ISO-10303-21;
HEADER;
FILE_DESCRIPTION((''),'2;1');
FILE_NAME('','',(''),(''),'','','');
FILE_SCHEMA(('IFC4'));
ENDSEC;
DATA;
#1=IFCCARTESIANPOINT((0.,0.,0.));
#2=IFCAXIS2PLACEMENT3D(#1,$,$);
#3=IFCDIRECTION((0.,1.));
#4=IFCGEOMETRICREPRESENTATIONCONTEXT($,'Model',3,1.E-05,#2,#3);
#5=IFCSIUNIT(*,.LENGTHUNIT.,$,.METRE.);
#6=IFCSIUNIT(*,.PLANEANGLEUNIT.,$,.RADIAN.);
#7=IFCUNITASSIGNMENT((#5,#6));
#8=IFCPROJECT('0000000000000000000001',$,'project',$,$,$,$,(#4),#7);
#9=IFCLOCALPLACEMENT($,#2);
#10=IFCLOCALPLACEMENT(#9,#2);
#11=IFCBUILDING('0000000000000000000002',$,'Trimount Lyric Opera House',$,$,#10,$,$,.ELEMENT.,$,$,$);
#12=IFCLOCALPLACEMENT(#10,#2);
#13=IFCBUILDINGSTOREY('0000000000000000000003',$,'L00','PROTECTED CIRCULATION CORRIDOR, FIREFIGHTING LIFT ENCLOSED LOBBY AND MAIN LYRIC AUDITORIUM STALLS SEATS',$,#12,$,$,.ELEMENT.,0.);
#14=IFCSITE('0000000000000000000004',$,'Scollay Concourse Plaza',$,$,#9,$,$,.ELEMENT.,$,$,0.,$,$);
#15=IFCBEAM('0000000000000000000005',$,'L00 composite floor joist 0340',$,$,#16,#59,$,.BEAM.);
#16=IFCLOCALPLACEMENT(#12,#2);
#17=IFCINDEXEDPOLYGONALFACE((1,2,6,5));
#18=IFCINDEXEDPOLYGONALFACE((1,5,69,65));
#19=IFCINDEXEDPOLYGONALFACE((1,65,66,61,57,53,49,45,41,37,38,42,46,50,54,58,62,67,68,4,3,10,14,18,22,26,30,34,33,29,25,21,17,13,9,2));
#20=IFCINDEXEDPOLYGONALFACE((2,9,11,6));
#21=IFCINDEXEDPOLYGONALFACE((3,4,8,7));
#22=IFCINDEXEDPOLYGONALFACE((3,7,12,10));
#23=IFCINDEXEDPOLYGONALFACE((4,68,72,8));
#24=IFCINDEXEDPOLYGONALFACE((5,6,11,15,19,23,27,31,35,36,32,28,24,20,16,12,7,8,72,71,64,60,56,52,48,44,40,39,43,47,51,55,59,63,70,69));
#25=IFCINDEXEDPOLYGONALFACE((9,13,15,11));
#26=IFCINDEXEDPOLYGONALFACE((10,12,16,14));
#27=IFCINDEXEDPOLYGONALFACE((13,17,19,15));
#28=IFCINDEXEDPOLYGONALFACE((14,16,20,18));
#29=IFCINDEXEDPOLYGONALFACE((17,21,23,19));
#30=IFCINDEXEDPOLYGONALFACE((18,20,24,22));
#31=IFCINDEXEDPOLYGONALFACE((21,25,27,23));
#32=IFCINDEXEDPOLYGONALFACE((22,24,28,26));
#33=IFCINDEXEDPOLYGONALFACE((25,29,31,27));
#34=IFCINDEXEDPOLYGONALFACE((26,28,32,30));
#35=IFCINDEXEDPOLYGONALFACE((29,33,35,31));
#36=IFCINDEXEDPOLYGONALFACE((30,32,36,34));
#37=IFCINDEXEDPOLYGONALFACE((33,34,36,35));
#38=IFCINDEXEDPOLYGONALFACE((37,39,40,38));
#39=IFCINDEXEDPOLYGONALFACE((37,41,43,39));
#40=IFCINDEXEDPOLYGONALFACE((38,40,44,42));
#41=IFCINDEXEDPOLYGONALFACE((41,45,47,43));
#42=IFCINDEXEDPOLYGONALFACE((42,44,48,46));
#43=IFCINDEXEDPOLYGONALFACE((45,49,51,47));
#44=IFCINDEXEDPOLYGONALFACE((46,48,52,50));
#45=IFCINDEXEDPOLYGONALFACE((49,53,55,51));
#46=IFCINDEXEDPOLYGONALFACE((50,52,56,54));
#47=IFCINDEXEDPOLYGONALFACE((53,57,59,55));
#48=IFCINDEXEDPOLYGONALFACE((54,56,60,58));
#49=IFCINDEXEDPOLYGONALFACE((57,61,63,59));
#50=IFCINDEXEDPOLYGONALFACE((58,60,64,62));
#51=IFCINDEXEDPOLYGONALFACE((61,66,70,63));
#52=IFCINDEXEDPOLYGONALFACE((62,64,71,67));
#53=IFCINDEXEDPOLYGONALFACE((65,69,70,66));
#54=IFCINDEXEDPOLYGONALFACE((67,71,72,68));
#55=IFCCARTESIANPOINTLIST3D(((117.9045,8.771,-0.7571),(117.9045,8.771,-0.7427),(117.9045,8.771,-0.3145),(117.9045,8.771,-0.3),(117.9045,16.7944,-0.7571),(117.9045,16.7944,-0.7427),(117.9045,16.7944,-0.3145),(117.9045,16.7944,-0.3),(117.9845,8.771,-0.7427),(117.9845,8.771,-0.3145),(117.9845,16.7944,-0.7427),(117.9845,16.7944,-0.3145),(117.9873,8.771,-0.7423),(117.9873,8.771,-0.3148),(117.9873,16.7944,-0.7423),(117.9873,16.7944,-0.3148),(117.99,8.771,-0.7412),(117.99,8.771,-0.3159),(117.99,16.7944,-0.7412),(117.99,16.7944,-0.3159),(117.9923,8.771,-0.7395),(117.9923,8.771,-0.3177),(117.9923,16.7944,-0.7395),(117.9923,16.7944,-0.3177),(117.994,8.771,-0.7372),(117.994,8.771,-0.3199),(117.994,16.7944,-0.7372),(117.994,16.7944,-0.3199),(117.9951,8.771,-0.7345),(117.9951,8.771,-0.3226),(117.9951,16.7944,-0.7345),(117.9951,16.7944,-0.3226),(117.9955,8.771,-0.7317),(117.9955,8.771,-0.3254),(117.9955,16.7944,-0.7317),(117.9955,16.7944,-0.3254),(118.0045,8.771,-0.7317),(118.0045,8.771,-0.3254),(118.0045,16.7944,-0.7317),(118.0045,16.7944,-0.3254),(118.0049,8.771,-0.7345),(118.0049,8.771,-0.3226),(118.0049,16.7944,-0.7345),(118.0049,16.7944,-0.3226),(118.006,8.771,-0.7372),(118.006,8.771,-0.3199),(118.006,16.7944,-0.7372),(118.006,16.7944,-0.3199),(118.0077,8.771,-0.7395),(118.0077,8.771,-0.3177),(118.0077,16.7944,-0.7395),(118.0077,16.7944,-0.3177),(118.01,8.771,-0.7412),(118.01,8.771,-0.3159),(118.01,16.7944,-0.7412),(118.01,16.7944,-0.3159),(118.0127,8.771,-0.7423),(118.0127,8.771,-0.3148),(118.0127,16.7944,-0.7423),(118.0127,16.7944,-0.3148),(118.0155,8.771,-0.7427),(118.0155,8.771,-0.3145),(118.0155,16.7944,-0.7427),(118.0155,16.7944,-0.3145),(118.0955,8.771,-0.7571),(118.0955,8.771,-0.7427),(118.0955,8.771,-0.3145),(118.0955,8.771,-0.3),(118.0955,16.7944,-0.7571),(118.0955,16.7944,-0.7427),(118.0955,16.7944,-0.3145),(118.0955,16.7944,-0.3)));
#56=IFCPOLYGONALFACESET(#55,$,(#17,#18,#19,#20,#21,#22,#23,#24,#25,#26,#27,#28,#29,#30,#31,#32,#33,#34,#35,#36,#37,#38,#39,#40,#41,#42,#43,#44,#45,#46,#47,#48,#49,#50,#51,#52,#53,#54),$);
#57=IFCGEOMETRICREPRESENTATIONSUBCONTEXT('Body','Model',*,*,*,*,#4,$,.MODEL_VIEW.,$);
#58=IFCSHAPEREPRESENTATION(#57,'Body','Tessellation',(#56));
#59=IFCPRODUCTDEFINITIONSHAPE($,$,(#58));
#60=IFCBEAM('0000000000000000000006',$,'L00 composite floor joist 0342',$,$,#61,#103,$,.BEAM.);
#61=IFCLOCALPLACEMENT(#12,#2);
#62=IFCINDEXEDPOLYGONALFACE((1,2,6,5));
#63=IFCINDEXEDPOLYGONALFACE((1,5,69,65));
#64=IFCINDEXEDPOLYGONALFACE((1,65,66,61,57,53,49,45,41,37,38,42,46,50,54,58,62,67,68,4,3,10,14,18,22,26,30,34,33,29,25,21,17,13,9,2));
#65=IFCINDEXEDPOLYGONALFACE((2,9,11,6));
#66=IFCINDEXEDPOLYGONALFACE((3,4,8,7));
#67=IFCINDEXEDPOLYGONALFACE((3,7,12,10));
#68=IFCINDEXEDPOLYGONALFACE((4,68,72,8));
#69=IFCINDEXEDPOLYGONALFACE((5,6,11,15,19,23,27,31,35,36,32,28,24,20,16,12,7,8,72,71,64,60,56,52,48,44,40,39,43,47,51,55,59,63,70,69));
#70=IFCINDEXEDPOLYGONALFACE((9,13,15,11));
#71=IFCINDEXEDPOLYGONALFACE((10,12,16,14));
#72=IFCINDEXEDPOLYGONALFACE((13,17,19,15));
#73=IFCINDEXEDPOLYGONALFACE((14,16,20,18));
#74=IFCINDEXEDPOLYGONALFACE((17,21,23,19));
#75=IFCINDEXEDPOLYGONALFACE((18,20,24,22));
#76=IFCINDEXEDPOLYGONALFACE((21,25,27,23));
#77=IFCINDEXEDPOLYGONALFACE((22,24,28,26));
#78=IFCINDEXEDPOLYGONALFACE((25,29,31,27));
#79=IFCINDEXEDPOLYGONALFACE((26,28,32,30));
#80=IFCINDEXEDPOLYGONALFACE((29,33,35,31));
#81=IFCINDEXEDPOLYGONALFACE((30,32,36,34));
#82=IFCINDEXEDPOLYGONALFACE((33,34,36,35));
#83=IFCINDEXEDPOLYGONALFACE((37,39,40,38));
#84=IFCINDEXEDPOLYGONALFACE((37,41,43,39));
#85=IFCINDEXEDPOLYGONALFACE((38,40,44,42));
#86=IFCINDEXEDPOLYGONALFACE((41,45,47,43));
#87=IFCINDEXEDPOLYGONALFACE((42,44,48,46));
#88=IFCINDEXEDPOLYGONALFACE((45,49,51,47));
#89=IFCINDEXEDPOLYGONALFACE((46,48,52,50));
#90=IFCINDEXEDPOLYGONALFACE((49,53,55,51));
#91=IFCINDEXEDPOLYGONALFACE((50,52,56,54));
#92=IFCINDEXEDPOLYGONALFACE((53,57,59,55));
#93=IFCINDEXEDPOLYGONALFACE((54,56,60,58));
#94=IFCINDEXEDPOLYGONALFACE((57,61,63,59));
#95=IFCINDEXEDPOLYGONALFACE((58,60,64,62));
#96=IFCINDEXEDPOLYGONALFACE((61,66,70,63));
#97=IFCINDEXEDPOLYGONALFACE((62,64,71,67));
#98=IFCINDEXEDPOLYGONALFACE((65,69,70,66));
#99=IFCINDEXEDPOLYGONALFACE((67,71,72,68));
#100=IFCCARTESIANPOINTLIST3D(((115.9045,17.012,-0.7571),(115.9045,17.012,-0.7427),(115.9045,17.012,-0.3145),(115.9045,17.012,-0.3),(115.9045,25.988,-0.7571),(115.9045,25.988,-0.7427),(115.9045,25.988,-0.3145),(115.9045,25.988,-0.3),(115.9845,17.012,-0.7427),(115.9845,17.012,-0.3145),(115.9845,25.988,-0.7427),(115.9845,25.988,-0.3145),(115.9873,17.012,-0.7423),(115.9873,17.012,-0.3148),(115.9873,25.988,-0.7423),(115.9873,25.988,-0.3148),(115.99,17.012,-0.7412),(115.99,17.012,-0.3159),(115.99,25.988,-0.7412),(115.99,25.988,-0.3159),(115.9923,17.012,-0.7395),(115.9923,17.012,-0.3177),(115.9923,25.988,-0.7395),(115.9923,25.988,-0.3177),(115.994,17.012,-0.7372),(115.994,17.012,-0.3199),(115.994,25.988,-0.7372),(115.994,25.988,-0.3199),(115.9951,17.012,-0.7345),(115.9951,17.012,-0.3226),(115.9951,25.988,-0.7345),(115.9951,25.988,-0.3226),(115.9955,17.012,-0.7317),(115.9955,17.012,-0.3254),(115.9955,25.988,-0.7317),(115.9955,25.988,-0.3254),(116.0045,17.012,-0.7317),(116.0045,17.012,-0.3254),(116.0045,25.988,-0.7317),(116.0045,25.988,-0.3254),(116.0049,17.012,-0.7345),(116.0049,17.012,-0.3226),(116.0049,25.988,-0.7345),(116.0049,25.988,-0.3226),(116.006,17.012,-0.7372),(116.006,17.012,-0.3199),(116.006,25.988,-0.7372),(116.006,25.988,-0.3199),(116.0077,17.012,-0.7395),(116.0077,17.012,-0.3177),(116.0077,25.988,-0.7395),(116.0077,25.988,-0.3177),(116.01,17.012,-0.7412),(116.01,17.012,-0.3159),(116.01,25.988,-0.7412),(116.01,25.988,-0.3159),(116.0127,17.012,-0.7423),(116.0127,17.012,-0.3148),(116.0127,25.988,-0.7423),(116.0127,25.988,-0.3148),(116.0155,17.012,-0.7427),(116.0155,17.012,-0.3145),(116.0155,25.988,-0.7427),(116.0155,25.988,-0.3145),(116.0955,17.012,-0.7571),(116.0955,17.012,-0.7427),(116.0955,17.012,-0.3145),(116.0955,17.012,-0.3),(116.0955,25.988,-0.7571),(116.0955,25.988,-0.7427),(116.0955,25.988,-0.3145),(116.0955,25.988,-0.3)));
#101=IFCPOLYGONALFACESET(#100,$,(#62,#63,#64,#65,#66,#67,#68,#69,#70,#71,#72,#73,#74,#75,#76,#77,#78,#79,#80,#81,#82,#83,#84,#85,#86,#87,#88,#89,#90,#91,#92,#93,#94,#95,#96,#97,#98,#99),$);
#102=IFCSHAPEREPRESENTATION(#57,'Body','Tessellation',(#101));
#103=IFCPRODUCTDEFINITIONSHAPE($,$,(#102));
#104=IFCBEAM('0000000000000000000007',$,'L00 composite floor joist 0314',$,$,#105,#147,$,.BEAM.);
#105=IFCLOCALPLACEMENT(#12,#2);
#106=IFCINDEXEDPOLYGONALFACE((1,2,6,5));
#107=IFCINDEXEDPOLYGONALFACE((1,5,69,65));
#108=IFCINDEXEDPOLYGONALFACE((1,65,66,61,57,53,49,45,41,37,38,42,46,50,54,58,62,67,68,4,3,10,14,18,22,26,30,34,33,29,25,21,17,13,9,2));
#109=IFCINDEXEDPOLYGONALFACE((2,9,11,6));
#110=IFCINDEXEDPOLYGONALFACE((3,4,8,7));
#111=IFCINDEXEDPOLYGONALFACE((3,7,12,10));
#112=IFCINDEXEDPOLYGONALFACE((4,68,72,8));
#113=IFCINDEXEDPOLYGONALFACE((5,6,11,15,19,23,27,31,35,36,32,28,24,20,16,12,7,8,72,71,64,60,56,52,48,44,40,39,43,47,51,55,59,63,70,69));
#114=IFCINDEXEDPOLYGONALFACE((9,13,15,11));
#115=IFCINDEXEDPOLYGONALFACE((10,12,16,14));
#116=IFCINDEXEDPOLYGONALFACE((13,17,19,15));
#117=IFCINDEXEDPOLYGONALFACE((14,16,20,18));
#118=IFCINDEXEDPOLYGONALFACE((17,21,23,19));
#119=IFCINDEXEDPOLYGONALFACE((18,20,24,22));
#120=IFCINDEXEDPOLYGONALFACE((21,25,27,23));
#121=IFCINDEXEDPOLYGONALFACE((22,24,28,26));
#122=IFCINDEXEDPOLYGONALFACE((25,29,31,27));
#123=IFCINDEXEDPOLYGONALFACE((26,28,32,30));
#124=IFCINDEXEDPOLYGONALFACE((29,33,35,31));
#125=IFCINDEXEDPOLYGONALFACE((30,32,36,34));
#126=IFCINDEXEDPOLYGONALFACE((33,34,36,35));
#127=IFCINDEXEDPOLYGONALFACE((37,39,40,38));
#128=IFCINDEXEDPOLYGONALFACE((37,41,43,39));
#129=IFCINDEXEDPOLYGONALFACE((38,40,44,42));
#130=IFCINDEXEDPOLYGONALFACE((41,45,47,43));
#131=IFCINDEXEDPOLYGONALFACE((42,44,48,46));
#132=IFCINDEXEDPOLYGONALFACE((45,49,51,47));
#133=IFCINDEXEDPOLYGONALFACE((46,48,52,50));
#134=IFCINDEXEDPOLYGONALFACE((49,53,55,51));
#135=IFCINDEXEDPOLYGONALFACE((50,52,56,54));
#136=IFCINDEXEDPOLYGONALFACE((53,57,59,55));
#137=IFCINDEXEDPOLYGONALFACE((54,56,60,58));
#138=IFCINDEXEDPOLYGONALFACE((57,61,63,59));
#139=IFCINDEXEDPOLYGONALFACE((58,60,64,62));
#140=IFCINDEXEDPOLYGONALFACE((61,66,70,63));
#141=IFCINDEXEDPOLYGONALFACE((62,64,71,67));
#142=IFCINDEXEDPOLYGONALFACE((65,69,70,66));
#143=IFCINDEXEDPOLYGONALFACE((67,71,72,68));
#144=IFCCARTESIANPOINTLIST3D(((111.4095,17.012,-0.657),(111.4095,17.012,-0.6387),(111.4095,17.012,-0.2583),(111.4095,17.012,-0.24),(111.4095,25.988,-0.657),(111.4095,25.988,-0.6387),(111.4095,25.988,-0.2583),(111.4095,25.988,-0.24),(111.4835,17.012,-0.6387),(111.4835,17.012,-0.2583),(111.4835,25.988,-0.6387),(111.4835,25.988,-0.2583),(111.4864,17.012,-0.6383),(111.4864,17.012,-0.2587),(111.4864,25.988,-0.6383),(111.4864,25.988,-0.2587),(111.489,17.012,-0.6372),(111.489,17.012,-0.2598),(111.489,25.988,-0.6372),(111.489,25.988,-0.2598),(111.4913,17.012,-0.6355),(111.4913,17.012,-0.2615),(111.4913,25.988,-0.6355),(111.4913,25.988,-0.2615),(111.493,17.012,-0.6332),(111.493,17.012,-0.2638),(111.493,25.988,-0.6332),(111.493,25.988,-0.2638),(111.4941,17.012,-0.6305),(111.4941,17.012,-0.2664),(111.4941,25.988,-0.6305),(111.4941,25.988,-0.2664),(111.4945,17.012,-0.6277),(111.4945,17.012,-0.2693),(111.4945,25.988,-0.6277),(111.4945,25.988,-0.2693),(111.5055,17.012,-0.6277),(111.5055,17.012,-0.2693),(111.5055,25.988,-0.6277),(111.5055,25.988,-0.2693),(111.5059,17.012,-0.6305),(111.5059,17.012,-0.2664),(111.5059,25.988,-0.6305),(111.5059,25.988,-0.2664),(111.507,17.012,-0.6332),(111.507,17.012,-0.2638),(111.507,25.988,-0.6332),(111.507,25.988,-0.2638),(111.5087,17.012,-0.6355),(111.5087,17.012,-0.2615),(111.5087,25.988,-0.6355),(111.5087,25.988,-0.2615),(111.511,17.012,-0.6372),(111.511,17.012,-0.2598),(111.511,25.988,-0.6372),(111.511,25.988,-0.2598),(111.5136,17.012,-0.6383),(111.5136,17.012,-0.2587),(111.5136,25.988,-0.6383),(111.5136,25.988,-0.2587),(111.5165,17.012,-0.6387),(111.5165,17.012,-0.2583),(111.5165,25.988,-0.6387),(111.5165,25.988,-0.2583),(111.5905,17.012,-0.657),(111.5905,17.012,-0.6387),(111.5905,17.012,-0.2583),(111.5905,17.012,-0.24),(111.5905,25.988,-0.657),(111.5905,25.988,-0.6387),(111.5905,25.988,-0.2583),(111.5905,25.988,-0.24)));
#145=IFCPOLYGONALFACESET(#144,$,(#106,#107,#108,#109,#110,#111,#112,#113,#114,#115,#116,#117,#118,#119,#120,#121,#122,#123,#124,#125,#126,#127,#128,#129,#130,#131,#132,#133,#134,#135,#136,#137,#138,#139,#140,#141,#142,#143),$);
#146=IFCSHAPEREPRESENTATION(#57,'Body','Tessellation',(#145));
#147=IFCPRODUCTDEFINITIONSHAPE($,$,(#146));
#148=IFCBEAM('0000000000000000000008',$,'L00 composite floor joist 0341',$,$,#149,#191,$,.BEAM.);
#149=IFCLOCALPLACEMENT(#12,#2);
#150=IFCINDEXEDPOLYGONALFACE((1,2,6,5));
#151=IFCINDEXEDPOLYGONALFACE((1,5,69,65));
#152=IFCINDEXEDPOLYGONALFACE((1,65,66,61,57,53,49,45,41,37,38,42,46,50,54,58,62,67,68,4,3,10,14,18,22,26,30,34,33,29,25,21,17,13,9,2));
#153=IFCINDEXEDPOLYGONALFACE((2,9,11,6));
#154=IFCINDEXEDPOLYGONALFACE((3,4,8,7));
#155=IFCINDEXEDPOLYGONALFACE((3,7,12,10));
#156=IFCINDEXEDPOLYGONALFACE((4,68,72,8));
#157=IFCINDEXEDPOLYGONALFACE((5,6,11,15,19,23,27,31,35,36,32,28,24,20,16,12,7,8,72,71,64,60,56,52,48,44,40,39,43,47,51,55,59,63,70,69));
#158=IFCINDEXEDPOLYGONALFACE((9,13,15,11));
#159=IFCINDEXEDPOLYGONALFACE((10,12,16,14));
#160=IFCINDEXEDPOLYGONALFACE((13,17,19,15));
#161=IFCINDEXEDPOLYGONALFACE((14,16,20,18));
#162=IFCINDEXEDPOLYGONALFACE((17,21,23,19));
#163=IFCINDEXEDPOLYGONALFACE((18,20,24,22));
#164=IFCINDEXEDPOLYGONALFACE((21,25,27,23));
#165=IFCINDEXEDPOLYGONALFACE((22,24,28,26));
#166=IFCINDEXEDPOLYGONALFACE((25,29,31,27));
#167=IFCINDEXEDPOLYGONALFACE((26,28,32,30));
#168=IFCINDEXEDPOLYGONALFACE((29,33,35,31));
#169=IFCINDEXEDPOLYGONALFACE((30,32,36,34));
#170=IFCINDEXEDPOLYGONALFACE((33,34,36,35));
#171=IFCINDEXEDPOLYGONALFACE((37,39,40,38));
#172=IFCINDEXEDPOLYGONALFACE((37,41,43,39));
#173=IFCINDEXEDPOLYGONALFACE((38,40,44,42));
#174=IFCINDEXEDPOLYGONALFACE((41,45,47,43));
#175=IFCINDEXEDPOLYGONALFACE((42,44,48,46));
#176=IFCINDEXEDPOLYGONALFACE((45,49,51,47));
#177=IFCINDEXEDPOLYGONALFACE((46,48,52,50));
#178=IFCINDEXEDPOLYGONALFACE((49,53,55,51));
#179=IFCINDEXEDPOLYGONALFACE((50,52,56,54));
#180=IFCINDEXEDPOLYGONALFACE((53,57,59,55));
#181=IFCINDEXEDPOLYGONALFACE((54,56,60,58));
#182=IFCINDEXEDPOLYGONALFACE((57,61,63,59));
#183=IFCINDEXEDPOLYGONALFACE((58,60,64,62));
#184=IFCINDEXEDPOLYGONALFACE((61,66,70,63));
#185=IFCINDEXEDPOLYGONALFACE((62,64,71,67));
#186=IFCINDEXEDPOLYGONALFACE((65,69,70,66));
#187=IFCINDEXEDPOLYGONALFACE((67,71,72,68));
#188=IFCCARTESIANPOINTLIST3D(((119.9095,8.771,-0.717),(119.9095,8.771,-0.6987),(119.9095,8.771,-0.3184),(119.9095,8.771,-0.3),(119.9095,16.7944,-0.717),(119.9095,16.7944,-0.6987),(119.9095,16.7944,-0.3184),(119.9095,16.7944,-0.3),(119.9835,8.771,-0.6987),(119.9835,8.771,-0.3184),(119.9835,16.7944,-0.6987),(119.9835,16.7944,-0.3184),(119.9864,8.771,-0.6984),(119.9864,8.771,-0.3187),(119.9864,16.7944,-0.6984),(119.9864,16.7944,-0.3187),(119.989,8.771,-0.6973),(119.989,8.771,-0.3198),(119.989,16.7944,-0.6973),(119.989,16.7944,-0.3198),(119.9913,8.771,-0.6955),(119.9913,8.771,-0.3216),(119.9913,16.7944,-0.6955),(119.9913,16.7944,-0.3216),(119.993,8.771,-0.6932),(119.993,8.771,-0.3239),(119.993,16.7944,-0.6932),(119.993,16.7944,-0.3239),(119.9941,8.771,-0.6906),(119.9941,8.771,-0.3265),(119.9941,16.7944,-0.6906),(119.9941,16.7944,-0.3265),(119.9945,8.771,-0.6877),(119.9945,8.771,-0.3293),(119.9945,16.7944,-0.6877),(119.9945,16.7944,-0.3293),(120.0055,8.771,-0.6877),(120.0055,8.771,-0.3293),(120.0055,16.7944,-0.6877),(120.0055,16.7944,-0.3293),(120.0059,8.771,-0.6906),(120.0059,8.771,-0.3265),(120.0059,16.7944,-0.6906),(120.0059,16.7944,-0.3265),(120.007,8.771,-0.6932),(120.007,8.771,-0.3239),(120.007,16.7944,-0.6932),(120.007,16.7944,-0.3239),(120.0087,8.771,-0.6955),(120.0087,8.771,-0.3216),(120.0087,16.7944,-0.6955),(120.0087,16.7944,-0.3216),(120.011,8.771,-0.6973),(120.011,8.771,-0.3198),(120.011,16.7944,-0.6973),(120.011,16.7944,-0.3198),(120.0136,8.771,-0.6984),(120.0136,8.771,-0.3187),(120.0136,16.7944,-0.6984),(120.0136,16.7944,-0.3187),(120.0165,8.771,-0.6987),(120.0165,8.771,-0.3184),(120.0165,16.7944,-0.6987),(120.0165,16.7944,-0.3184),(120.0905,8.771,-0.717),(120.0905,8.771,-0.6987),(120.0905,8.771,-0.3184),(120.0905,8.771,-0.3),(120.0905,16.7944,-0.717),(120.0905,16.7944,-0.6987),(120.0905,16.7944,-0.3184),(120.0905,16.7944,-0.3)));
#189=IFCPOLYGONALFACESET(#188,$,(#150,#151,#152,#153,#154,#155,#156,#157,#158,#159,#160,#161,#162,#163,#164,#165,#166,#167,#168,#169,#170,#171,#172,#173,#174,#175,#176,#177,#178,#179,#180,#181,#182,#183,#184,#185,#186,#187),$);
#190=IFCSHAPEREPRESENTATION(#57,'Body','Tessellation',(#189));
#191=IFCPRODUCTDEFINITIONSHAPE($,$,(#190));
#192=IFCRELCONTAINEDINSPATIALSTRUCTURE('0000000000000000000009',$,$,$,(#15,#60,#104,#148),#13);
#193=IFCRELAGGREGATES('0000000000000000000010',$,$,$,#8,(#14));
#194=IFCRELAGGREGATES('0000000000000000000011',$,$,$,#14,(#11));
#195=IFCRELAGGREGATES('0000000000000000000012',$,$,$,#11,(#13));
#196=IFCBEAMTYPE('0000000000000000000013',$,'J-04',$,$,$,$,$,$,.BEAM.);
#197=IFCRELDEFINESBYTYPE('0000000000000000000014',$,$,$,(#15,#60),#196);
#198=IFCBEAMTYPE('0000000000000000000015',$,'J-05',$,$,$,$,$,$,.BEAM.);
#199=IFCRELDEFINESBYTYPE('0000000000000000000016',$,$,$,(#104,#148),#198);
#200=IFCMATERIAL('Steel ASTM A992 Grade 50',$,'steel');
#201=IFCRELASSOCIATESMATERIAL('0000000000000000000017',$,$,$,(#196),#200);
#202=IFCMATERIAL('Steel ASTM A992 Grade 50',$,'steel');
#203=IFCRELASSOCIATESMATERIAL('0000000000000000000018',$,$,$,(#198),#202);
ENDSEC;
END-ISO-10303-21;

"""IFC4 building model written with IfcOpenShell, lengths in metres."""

from ifc_helpers import new_model, si_unit, direction, frame, origin, origin_2d, place, context, subcontext, project, spatial, i_section, extrude, material, material_profile, profile_set, type_object, element, save


model = new_model("IFC4")

# Units and contexts
model_context = context("Model", 3, precision=1e-05, world=origin(), true_north=direction((0.0, 1.0)))
body_context = subcontext(model_context, "Body", "Model", "MODEL_VIEW")
ifc_project = project(units=[si_unit("LENGTHUNIT", "METRE"), si_unit("PLANEANGLEUNIT", "RADIAN")], contexts=[model_context])

# Site, building, storey
site_placement = place(None, origin())
site = spatial("IfcSite", under=ifc_project, at=site_placement, Name="Scollay Concourse Plaza", CompositionType="ELEMENT", RefElevation=0.0)
building_placement = place(site_placement, origin())
building = spatial("IfcBuilding", under=site, at=building_placement, Name="Trimount Lyric Opera House", CompositionType="ELEMENT")
storey_placement = place(building_placement, origin())
storey = spatial("IfcBuildingStorey", under=building, at=storey_placement, Name="L00", Description="PROTECTED CIRCULATION CORRIDOR, FIREFIGHTING LIFT ENCLOSED LOBBY AND MAIN LYRIC AUDITORIUM STALLS SEATS", CompositionType="ELEMENT", Elevation=0.0)

# Beams
ifc_material_1 = material(Name="Steel ASTM A992 Grade 50", Category="steel")
ifc_material_profile_1 = material_profile(ifc_material_1, i_section(OverallWidth=0.1909, OverallDepth=0.457, WebThickness=0.009, FlangeThickness=0.0144, FilletRadius=0.011, at=origin_2d()), Name="W18X50")
ifc_profile_set_1 = profile_set([ifc_material_profile_1], Name="Steel ASTM A992 Grade 50")
beam_type_1 = type_object("IfcBeamType", Name="J-04", PredefinedType="BEAM", material=ifc_profile_set_1)
beam_1_placement = place(storey_placement, frame((118.0, 8.771, -0.5286), z_axis=(0.0, 1.0, 0.0), x_axis=(-1.0, 0.0, 0.0)))
element("IfcBeam", 1, at=beam_1_placement, inside=storey, type_object=beam_type_1, Name="L00 composite floor joist 0340", PredefinedType="BEAM", context=body_context, shape_type="SweptSolid", body=[
    extrude(i_section(OverallWidth=0.1909, OverallDepth=0.457, WebThickness=0.009, FlangeThickness=0.0144, FilletRadius=0.011, at=origin_2d()), origin(), (0.0, 0.0, 1.0), 8.0234),
])
beam_2_placement = place(storey_placement, frame((116.0, 17.012, -0.5286), z_axis=(0.0, 1.0, 0.0), x_axis=(-1.0, 0.0, 0.0)))
element("IfcBeam", 2, at=beam_2_placement, inside=storey, type_object=beam_type_1, Name="L00 composite floor joist 0342", PredefinedType="BEAM", context=body_context, shape_type="SweptSolid", body=[
    extrude(i_section(OverallWidth=0.1909, OverallDepth=0.457, WebThickness=0.009, FlangeThickness=0.0144, FilletRadius=0.011, at=origin_2d()), origin(), (0.0, 0.0, 1.0), 8.9761),
])
ifc_material_2 = material(Name="Steel ASTM A992 Grade 50", Category="steel")
ifc_material_profile_2 = material_profile(ifc_material_2, i_section(OverallWidth=0.1809, OverallDepth=0.417, WebThickness=0.011, FlangeThickness=0.0183, FilletRadius=0.011, at=origin_2d()), Name="W16X57")
ifc_profile_set_2 = profile_set([ifc_material_profile_2], Name="Steel ASTM A992 Grade 50")
beam_type_2 = type_object("IfcBeamType", Name="J-05", PredefinedType="BEAM", material=ifc_profile_set_2)
beam_3_placement = place(storey_placement, frame((111.5, 17.012, -0.4485), z_axis=(0.0, 1.0, 0.0), x_axis=(-1.0, 0.0, 0.0)))
element("IfcBeam", 3, at=beam_3_placement, inside=storey, type_object=beam_type_2, Name="L00 composite floor joist 0314", PredefinedType="BEAM", context=body_context, shape_type="SweptSolid", body=[
    extrude(i_section(OverallWidth=0.1809, OverallDepth=0.417, WebThickness=0.011, FlangeThickness=0.0183, FilletRadius=0.011, at=origin_2d()), origin(), (0.0, 0.0, 1.0), 8.9761),
])
beam_4_placement = place(storey_placement, frame((120.0, 8.771, -0.5085), z_axis=(0.0, 1.0, 0.0), x_axis=(-1.0, 0.0, 0.0)))
element("IfcBeam", 4, at=beam_4_placement, inside=storey, type_object=beam_type_2, Name="L00 composite floor joist 0341", PredefinedType="BEAM", context=body_context, shape_type="SweptSolid", body=[
    extrude(i_section(OverallWidth=0.1809, OverallDepth=0.417, WebThickness=0.011, FlangeThickness=0.0183, FilletRadius=0.011, at=origin_2d()), origin(), (0.0, 0.0, 1.0), 8.0234),
])

save(model, "model.ifc")
